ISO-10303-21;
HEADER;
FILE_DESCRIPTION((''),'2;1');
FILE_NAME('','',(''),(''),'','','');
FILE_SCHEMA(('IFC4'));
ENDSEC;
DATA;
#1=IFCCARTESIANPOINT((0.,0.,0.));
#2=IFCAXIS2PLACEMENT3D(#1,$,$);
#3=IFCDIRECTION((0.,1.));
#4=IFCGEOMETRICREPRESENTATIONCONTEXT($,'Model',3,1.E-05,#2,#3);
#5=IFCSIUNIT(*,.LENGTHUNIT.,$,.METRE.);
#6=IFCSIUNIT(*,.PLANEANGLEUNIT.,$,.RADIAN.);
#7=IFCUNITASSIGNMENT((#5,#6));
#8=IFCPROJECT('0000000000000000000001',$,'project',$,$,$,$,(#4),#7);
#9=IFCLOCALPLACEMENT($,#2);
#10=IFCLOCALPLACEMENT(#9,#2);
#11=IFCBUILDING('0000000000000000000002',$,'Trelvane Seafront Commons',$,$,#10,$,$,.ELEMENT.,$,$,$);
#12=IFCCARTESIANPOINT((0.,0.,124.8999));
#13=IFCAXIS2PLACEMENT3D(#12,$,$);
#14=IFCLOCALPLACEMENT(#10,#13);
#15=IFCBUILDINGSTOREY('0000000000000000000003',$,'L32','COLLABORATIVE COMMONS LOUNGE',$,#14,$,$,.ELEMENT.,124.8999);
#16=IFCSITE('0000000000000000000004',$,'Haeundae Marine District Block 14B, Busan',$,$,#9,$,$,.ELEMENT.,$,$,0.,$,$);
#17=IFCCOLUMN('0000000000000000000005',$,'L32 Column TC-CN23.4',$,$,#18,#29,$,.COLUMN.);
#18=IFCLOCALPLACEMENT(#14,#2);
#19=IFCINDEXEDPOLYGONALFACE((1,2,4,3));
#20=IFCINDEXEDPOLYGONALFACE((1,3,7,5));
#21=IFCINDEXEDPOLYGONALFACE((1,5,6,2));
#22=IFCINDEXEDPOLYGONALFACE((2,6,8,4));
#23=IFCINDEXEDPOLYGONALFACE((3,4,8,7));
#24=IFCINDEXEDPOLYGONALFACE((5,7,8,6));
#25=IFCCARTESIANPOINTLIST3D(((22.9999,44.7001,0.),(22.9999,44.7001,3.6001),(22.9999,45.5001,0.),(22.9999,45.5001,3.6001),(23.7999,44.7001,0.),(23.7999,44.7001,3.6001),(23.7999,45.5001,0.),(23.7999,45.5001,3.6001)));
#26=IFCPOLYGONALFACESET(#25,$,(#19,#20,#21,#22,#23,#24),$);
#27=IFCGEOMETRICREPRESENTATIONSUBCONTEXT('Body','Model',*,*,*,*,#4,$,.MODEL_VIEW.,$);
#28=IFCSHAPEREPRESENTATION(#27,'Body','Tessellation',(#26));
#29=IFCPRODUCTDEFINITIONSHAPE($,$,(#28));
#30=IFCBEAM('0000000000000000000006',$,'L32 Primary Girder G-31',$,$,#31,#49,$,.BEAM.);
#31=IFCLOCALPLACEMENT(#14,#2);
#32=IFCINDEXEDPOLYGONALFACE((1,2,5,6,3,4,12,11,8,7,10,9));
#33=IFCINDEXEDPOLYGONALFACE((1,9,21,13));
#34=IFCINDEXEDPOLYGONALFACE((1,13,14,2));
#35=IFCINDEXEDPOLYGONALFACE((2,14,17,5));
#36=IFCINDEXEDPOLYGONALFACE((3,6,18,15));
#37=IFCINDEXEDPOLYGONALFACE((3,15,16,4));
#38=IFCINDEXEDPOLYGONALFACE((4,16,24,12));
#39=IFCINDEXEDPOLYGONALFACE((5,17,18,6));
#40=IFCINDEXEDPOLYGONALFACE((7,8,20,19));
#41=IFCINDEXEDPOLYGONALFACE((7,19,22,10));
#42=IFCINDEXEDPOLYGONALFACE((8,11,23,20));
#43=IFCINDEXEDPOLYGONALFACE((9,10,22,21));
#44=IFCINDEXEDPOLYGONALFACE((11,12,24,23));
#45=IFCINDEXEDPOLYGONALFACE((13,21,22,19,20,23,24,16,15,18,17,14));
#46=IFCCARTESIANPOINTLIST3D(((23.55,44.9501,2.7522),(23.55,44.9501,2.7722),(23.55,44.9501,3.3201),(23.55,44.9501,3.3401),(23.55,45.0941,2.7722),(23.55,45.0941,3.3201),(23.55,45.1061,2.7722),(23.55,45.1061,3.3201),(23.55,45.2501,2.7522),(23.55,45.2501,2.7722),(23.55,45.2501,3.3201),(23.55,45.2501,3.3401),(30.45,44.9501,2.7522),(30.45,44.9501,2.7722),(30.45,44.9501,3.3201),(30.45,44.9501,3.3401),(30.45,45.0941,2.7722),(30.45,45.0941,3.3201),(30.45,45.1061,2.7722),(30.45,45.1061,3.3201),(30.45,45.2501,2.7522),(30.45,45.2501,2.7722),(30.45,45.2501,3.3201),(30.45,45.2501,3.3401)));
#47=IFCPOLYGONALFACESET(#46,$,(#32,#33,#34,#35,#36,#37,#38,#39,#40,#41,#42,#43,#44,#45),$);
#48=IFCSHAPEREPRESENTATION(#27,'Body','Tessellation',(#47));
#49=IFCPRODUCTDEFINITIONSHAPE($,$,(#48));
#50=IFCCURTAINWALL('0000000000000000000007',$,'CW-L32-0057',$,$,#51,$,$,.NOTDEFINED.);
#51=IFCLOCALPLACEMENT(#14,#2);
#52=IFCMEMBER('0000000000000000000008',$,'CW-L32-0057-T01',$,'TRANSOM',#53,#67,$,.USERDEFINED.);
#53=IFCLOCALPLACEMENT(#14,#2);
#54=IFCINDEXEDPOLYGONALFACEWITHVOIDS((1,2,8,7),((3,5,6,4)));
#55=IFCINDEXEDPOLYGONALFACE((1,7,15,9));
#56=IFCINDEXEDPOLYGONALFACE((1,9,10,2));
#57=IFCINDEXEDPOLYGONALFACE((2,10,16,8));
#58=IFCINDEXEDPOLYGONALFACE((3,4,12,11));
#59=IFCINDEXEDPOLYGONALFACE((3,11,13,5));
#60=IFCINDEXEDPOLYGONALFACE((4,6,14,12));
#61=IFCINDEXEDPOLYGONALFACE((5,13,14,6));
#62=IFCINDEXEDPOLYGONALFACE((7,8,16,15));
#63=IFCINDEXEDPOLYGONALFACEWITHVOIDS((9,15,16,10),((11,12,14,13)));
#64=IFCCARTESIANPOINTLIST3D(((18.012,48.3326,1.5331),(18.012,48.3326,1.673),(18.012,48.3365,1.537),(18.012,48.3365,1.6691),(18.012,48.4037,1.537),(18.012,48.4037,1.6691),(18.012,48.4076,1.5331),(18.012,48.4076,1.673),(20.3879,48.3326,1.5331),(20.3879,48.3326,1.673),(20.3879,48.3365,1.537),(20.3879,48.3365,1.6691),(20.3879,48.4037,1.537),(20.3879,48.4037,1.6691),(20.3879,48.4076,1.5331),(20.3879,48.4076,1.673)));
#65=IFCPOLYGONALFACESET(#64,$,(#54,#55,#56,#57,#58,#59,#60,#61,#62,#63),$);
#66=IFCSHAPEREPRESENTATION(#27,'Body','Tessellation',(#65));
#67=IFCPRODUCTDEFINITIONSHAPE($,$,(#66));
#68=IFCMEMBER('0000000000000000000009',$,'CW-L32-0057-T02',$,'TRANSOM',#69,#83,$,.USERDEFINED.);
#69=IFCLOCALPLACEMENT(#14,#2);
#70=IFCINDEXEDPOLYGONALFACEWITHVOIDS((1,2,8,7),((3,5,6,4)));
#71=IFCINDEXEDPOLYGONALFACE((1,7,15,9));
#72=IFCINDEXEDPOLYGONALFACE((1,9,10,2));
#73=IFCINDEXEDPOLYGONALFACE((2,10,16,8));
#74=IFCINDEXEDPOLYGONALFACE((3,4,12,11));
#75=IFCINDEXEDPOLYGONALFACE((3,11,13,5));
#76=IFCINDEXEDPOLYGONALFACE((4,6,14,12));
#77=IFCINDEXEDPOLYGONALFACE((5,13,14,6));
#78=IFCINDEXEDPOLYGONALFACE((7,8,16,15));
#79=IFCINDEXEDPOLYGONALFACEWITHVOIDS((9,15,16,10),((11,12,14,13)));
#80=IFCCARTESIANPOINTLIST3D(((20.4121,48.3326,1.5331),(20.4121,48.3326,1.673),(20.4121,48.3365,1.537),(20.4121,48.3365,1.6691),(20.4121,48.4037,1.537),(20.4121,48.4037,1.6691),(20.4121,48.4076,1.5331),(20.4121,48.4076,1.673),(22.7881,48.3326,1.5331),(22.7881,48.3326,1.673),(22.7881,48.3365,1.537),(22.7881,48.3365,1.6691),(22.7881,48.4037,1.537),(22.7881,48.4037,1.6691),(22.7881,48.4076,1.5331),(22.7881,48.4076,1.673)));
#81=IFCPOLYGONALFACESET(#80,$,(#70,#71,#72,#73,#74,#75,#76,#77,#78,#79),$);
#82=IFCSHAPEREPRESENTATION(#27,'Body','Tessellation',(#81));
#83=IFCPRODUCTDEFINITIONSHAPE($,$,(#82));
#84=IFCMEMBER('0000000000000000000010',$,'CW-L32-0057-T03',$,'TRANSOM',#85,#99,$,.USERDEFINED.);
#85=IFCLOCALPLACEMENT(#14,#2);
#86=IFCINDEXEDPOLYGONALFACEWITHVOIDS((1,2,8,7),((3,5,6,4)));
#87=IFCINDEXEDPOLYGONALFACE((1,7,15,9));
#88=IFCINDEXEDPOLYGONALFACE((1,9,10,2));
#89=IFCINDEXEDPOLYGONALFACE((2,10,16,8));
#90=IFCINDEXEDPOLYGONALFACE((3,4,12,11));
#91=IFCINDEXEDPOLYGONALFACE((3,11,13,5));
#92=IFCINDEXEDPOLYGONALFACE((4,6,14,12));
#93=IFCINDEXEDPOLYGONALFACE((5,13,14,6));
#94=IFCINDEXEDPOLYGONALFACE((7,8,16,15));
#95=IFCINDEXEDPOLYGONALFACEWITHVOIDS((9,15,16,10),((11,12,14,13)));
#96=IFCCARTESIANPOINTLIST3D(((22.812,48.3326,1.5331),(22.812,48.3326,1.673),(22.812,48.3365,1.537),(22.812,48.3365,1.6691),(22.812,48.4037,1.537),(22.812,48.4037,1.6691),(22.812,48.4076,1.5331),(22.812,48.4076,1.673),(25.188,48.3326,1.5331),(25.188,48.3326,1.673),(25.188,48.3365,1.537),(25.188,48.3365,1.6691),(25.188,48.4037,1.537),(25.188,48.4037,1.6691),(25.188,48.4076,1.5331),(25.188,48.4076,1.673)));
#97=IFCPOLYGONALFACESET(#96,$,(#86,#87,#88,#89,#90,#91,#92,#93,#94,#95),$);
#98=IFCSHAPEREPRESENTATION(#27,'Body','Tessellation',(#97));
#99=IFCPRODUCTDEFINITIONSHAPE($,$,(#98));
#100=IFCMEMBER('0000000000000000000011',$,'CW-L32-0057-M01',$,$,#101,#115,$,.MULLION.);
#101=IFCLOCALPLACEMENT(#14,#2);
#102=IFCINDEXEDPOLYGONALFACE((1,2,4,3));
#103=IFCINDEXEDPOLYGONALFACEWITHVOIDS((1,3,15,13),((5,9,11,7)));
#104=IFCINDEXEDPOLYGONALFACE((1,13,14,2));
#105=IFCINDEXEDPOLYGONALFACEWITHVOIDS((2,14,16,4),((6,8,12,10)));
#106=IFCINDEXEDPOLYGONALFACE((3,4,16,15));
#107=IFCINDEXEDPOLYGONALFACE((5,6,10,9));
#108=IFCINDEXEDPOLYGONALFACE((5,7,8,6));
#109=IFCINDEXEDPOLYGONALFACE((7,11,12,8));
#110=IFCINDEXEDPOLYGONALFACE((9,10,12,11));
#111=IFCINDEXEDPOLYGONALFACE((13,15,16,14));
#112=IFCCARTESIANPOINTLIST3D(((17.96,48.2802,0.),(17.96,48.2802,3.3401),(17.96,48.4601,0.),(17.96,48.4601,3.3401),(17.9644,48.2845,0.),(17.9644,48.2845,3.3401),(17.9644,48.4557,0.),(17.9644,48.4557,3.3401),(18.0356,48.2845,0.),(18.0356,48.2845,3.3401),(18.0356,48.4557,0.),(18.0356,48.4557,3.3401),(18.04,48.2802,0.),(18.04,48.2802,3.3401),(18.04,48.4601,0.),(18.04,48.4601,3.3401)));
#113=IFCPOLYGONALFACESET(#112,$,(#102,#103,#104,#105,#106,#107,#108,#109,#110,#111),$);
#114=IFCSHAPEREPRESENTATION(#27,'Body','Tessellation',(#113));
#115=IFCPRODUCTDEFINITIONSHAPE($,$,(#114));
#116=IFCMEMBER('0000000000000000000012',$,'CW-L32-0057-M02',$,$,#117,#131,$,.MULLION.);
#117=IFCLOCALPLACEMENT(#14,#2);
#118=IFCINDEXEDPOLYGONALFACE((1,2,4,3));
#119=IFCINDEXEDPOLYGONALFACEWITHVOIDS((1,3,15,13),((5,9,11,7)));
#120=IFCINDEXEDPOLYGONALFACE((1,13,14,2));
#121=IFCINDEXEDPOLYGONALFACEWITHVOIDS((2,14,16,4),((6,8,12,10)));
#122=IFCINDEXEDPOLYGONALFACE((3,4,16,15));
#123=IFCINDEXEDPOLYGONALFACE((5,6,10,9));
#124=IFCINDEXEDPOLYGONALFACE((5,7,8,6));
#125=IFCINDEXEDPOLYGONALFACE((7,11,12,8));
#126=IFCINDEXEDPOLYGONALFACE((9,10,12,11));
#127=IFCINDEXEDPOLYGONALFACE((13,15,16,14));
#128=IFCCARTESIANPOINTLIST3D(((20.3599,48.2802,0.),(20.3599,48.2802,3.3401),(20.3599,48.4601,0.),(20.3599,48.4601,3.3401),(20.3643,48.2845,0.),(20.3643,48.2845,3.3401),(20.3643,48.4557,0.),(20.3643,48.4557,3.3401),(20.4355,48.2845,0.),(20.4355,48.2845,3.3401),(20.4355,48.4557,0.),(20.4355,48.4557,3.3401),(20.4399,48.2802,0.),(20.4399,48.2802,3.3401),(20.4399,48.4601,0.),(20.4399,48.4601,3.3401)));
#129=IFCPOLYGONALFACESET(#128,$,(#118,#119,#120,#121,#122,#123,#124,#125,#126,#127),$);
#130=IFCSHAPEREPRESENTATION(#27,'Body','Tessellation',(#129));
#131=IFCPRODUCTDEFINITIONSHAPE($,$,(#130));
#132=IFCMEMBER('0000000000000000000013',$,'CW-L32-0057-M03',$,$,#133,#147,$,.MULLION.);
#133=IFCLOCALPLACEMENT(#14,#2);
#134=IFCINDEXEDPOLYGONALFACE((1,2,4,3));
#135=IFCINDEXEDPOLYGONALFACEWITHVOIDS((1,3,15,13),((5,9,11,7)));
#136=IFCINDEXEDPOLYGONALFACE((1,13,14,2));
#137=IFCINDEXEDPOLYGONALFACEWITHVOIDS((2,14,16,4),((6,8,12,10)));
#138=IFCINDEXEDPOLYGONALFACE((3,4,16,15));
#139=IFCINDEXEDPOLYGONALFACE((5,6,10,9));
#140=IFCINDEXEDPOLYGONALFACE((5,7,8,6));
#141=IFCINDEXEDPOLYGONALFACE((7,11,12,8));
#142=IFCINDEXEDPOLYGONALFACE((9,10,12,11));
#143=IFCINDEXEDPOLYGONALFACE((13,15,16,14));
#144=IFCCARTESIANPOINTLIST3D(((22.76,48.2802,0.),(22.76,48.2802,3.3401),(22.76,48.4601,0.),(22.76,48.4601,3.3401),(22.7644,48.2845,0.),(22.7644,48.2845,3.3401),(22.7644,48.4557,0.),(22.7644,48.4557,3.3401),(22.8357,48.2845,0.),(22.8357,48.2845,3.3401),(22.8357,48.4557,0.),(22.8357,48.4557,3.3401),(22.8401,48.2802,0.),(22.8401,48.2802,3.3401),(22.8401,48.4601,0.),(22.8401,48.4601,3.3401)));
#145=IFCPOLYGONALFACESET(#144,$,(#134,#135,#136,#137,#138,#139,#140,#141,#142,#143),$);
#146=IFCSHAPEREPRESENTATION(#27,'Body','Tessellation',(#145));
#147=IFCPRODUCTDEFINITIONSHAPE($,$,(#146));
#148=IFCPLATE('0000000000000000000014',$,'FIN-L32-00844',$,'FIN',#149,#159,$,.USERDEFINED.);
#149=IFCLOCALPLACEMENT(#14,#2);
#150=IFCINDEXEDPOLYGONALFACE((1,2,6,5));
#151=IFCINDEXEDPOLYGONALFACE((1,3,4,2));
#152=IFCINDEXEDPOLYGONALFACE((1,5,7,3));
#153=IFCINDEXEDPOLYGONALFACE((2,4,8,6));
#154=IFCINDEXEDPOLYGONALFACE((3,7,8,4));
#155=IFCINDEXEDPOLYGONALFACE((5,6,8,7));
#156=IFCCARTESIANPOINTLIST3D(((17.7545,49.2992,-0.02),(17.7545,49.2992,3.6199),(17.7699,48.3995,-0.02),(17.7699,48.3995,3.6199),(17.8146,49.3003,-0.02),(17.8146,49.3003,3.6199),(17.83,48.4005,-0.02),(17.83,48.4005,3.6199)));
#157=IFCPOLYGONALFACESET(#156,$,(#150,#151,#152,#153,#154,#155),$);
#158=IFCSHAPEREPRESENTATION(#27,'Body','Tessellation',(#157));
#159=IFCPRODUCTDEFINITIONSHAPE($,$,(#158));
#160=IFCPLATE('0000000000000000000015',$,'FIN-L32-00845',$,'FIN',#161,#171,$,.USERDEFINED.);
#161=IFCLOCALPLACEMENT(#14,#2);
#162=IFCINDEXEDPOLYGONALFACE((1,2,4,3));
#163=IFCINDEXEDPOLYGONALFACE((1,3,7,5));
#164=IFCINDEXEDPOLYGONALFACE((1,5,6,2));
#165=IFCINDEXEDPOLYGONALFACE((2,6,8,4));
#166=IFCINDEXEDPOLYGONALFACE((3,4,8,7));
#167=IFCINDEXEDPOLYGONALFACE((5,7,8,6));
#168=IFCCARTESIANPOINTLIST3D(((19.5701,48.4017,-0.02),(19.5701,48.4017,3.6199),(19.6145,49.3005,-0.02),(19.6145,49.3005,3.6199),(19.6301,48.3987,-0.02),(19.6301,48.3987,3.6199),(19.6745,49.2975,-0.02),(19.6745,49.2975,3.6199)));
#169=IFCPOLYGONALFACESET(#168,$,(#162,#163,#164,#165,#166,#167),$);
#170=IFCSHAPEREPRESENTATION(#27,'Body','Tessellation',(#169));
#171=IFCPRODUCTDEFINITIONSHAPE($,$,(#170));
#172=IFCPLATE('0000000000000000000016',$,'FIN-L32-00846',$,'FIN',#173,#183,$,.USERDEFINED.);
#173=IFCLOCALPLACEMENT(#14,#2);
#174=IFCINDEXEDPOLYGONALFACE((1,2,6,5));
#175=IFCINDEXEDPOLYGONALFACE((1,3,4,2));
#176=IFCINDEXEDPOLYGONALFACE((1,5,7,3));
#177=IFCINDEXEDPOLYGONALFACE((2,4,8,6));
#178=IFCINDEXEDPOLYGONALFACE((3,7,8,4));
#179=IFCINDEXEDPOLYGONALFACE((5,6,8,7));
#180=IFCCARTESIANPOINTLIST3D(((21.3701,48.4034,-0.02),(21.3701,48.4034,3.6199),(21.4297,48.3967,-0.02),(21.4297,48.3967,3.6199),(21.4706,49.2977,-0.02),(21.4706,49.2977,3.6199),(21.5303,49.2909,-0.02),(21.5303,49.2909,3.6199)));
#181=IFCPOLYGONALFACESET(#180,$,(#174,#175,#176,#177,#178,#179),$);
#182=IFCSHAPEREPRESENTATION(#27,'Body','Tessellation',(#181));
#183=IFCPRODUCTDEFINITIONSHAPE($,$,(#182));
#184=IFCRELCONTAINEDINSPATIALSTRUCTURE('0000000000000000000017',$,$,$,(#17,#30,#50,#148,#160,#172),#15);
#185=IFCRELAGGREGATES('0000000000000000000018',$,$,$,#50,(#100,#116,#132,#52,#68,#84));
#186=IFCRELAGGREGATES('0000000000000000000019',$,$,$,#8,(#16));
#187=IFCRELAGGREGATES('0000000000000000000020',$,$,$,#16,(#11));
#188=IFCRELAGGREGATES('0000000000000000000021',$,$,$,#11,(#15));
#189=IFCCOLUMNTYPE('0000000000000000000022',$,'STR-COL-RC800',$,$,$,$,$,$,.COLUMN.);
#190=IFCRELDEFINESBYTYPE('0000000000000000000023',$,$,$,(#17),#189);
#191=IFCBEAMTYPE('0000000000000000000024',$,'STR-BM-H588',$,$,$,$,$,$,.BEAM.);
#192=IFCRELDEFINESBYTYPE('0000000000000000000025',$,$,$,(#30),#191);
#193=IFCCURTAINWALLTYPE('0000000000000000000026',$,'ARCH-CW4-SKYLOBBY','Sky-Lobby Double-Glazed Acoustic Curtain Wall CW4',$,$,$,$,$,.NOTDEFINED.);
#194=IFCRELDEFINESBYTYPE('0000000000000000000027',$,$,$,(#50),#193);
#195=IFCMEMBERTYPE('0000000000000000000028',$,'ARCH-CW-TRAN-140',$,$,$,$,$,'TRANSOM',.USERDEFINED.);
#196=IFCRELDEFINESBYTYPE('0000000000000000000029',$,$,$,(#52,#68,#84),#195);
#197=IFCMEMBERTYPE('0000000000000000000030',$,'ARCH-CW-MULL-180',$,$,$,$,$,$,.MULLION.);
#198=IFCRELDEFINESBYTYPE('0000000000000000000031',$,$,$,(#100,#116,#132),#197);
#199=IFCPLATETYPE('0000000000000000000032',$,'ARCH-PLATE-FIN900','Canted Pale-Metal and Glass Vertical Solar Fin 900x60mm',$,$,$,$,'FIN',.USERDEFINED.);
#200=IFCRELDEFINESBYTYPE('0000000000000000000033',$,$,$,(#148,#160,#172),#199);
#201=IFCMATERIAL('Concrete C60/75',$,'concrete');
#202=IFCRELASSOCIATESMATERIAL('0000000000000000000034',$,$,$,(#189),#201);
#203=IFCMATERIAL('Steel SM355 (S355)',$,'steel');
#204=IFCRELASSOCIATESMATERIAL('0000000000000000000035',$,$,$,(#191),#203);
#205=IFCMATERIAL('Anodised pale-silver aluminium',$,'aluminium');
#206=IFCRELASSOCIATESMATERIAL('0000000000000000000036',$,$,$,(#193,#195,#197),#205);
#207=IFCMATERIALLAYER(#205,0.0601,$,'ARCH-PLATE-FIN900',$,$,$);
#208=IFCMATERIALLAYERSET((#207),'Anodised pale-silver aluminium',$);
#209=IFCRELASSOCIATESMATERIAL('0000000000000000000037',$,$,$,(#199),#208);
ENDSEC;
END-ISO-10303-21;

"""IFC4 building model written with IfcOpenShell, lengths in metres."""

from ifc_helpers import new_model, si_unit, direction, frame, origin, origin_2d, place, context, subcontext, project, spatial, rectangle, hollow_rectangle, i_section, extrude, source, transform, mapped, material, layer, layer_set, material_profile, profile_set, type_object, element, aggregate, save


model = new_model("IFC4")

# Units and contexts
model_context = context("Model", 3, precision=1e-05, world=origin(), true_north=direction((0.0, 1.0)))
body_context = subcontext(model_context, "Body", "Model", "MODEL_VIEW")
ifc_project = project(units=[si_unit("LENGTHUNIT", "METRE"), si_unit("PLANEANGLEUNIT", "RADIAN")], contexts=[model_context])

# Site, building, storey
site_placement = place(None, origin())
site = spatial("IfcSite", under=ifc_project, at=site_placement, Name="Haeundae Marine District Block 14B, Busan", CompositionType="ELEMENT", RefElevation=0.0)
building_placement = place(site_placement, origin())
building = spatial("IfcBuilding", under=site, at=building_placement, Name="Trelvane Seafront Commons", CompositionType="ELEMENT")
storey_placement = place(building_placement, frame((0.0, 0.0, 124.8999)))
storey = spatial("IfcBuildingStorey", under=building, at=storey_placement, Name="L32", Description="COLLABORATIVE COMMONS LOUNGE", CompositionType="ELEMENT", Elevation=124.8999)

# Column
ifc_material_1 = material(Name="Concrete C60/75", Category="concrete")
ifc_material_profile_1 = material_profile(ifc_material_1, rectangle(XDim=0.8, YDim=0.8, at=origin_2d()), Name="RC-800x800")
ifc_profile_set_1 = profile_set([ifc_material_profile_1], Name="Concrete C60/75")
column_type = type_object("IfcColumnType", Name="STR-COL-RC800", PredefinedType="COLUMN", material=ifc_profile_set_1)
shared_shape_1 = source(origin(), body_context, "Body", "SweptSolid", [
    extrude(rectangle(XDim=0.8, YDim=0.8, at=origin_2d()), origin(), (0.0, 0.0, 1.0), 3.6001),
])
column_placement = place(storey_placement, frame((23.3999, 45.1001, 0.0), z_axis=(0.0, 0.0, 1.0), x_axis=(1.0, 0.0, 0.0)))
element("IfcColumn", 1, at=column_placement, inside=storey, type_object=column_type, Name="L32 Column TC-CN23.4", PredefinedType="COLUMN", context=body_context, shape_type="MappedRepresentation", body=[
    mapped(shared_shape_1, transform((0.0, 0.0, 0.0), x_axis=(1.0, 0.0, 0.0), y_axis=(0.0, 1.0, 0.0), z_axis=(0.0, 0.0, 1.0), scale=1.0)),
])

# Beam
ifc_material_2 = material(Name="Steel SM355 (S355)", Category="steel")
ifc_material_profile_2 = material_profile(ifc_material_2, i_section(OverallWidth=0.3, OverallDepth=0.5879, WebThickness=0.012, FlangeThickness=0.02, at=origin_2d()), Name="H-588x300x12x20")
ifc_profile_set_2 = profile_set([ifc_material_profile_2], Name="Steel SM355 (S355)")
beam_type = type_object("IfcBeamType", Name="STR-BM-H588", PredefinedType="BEAM", material=ifc_profile_set_2)
shared_shape_2 = source(origin(), body_context, "Body", "SweptSolid", [
    extrude(i_section(OverallWidth=0.3, OverallDepth=0.5879, WebThickness=0.012, FlangeThickness=0.02, at=origin_2d()), origin(), (0.0, 0.0, 1.0), 6.8999),
])
beam_placement = place(storey_placement, frame((23.55, 45.1001, 3.0461), z_axis=(1.0, 0.0, 0.0), x_axis=(0.0, 1.0, 0.0)))
element("IfcBeam", 2, at=beam_placement, inside=storey, type_object=beam_type, Name="L32 Primary Girder G-31", PredefinedType="BEAM", context=body_context, shape_type="MappedRepresentation", body=[
    mapped(shared_shape_2, transform((0.0, 0.0, 0.0), x_axis=(1.0, 0.0, 0.0), y_axis=(0.0, 1.0, 0.0), z_axis=(0.0, 0.0, 1.0), scale=1.0)),
])

# Curtain wall, members
ifc_material_3 = material(Name="Anodised pale-silver aluminium", Category="aluminium")
curtain_wall_type = type_object("IfcCurtainWallType", Name="ARCH-CW4-SKYLOBBY", Description="Sky-Lobby Double-Glazed Acoustic Curtain Wall CW4", PredefinedType="NOTDEFINED", material=ifc_material_3)
curtain_wall_placement = place(storey_placement, origin())
curtain_wall = element("IfcCurtainWall", 3, at=curtain_wall_placement, inside=storey, type_object=curtain_wall_type, Name="CW-L32-0057", PredefinedType="NOTDEFINED")
ifc_material_profile_3 = material_profile(ifc_material_3, hollow_rectangle(XDim=0.075, YDim=0.1399, WallThickness=0.0039, at=origin_2d()), Name="TRAN-75x140x4")
ifc_profile_set_3 = profile_set([ifc_material_profile_3], Name="Anodised pale-silver aluminium")
member_type_1 = type_object("IfcMemberType", Name="ARCH-CW-TRAN-140", ElementType="TRANSOM", PredefinedType="USERDEFINED", material=ifc_profile_set_3)
shared_shape_3 = source(origin(), body_context, "Body", "SweptSolid", [
    extrude(hollow_rectangle(XDim=0.075, YDim=0.1399, WallThickness=0.0039, at=origin_2d()), origin(), (0.0, 0.0, 1.0), 2.376),
])
member_1_placement = place(storey_placement, frame((18.012, 48.3701, 1.603), z_axis=(1.0, 0.0, 0.0), x_axis=(0.0, 1.0, 0.0)))
member_1 = element("IfcMember", 4, at=member_1_placement, type_object=member_type_1, Name="CW-L32-0057-T01", ObjectType="TRANSOM", PredefinedType="USERDEFINED", context=body_context, shape_type="MappedRepresentation", body=[
    mapped(shared_shape_3, transform((0.0, 0.0, 0.0), x_axis=(1.0, 0.0, 0.0), y_axis=(0.0, 1.0, 0.0), z_axis=(0.0, 0.0, 1.0), scale=1.0)),
])
member_2_placement = place(storey_placement, frame((20.4121, 48.3701, 1.603), z_axis=(1.0, 0.0, 0.0), x_axis=(0.0, 1.0, 0.0)))
member_2 = element("IfcMember", 5, at=member_2_placement, type_object=member_type_1, Name="CW-L32-0057-T02", ObjectType="TRANSOM", PredefinedType="USERDEFINED", context=body_context, shape_type="MappedRepresentation", body=[
    mapped(shared_shape_3, transform((0.0, 0.0, 0.0), x_axis=(1.0, 0.0, 0.0), y_axis=(0.0, 1.0, 0.0), z_axis=(0.0, 0.0, 1.0), scale=1.0)),
])
member_3_placement = place(storey_placement, frame((22.812, 48.3701, 1.603), z_axis=(1.0, 0.0, 0.0), x_axis=(0.0, 1.0, 0.0)))
member_3 = element("IfcMember", 6, at=member_3_placement, type_object=member_type_1, Name="CW-L32-0057-T03", ObjectType="TRANSOM", PredefinedType="USERDEFINED", context=body_context, shape_type="MappedRepresentation", body=[
    mapped(shared_shape_3, transform((0.0, 0.0, 0.0), x_axis=(1.0, 0.0, 0.0), y_axis=(0.0, 1.0, 0.0), z_axis=(0.0, 0.0, 1.0), scale=1.0)),
])
ifc_material_profile_4 = material_profile(ifc_material_3, hollow_rectangle(XDim=0.0801, YDim=0.1799, WallThickness=0.0044, at=origin_2d()), Name="MULL-80x180x4.5")
ifc_profile_set_4 = profile_set([ifc_material_profile_4], Name="Anodised pale-silver aluminium")
member_type_2 = type_object("IfcMemberType", Name="ARCH-CW-MULL-180", PredefinedType="MULLION", material=ifc_profile_set_4)
shared_shape_4 = source(origin(), body_context, "Body", "SweptSolid", [
    extrude(hollow_rectangle(XDim=0.0801, YDim=0.1799, WallThickness=0.0044, at=origin_2d()), origin(), (0.0, 0.0, 1.0), 3.3401),
])
member_4_placement = place(storey_placement, frame((18.0, 48.3701, 0.0), z_axis=(0.0, 0.0, 1.0), x_axis=(1.0, 0.0, 0.0)))
member_4 = element("IfcMember", 7, at=member_4_placement, type_object=member_type_2, Name="CW-L32-0057-M01", PredefinedType="MULLION", context=body_context, shape_type="MappedRepresentation", body=[
    mapped(shared_shape_4, transform((0.0, 0.0, 0.0), x_axis=(1.0, 0.0, 0.0), y_axis=(0.0, 1.0, 0.0), z_axis=(0.0, 0.0, 1.0), scale=1.0)),
])
member_5_placement = place(storey_placement, frame((20.3999, 48.3701, 0.0), z_axis=(0.0, 0.0, 1.0), x_axis=(1.0, 0.0, 0.0)))
member_5 = element("IfcMember", 8, at=member_5_placement, type_object=member_type_2, Name="CW-L32-0057-M02", PredefinedType="MULLION", context=body_context, shape_type="MappedRepresentation", body=[
    mapped(shared_shape_4, transform((0.0, 0.0, 0.0), x_axis=(1.0, 0.0, 0.0), y_axis=(0.0, 1.0, 0.0), z_axis=(0.0, 0.0, 1.0), scale=1.0)),
])
member_6_placement = place(storey_placement, frame((22.8, 48.3701, 0.0), z_axis=(0.0, 0.0, 1.0), x_axis=(1.0, 0.0, 0.0)))
member_6 = element("IfcMember", 9, at=member_6_placement, type_object=member_type_2, Name="CW-L32-0057-M03", PredefinedType="MULLION", context=body_context, shape_type="MappedRepresentation", body=[
    mapped(shared_shape_4, transform((0.0, 0.0, 0.0), x_axis=(1.0, 0.0, 0.0), y_axis=(0.0, 1.0, 0.0), z_axis=(0.0, 0.0, 1.0), scale=1.0)),
])

# Plates
ifc_layer_1 = layer(ifc_material_3, 0.0601, Name="ARCH-PLATE-FIN900")
ifc_layer_set_1 = layer_set([ifc_layer_1], Name="Anodised pale-silver aluminium")
plate_type_1 = type_object("IfcPlateType", Name="ARCH-PLATE-FIN900", Description="Canted Pale-Metal and Glass Vertical Solar Fin 900x60mm", ElementType="FIN", PredefinedType="USERDEFINED", material=ifc_layer_set_1)
shared_shape_5 = source(origin(), body_context, "Body", "SweptSolid", [
    extrude(rectangle(XDim=0.8999, YDim=0.0601, at=origin_2d()), origin(), (0.0, 0.0, 1.0), 3.6399),
])
for number, where, z_axis, x_axis, name in (
    (10, (17.7922, 48.8499, -0.02), (0.0, 0.0, 1.0), (-0.01711, 0.999854, 0.0), "FIN-L32-00844"),
    (11, (19.6223, 48.8496, -0.02), (0.0, 0.0, 1.0), (0.049334, 0.998782, 0.0), "FIN-L32-00845"),
    (12, (21.4502, 48.8472, -0.02), (0.0, 0.0, 1.0), (0.111772, 0.993734, 0.0), "FIN-L32-00846"),
):
    element("IfcPlate", number, at=place(storey_placement, frame(where, z_axis=z_axis, x_axis=x_axis)), inside=storey, type_object=plate_type_1, Name=name, ObjectType="FIN", PredefinedType="USERDEFINED", context=body_context, shape_type="MappedRepresentation", body=[
        mapped(shared_shape_5, transform((0.0, 0.0, 0.0), x_axis=(1.0, 0.0, 0.0), y_axis=(0.0, 1.0, 0.0), z_axis=(0.0, 0.0, 1.0), scale=1.0)),
    ])

aggregate(curtain_wall, [member_4, member_5, member_6, member_1, member_2, member_3])

save(model, "model.ifc")
